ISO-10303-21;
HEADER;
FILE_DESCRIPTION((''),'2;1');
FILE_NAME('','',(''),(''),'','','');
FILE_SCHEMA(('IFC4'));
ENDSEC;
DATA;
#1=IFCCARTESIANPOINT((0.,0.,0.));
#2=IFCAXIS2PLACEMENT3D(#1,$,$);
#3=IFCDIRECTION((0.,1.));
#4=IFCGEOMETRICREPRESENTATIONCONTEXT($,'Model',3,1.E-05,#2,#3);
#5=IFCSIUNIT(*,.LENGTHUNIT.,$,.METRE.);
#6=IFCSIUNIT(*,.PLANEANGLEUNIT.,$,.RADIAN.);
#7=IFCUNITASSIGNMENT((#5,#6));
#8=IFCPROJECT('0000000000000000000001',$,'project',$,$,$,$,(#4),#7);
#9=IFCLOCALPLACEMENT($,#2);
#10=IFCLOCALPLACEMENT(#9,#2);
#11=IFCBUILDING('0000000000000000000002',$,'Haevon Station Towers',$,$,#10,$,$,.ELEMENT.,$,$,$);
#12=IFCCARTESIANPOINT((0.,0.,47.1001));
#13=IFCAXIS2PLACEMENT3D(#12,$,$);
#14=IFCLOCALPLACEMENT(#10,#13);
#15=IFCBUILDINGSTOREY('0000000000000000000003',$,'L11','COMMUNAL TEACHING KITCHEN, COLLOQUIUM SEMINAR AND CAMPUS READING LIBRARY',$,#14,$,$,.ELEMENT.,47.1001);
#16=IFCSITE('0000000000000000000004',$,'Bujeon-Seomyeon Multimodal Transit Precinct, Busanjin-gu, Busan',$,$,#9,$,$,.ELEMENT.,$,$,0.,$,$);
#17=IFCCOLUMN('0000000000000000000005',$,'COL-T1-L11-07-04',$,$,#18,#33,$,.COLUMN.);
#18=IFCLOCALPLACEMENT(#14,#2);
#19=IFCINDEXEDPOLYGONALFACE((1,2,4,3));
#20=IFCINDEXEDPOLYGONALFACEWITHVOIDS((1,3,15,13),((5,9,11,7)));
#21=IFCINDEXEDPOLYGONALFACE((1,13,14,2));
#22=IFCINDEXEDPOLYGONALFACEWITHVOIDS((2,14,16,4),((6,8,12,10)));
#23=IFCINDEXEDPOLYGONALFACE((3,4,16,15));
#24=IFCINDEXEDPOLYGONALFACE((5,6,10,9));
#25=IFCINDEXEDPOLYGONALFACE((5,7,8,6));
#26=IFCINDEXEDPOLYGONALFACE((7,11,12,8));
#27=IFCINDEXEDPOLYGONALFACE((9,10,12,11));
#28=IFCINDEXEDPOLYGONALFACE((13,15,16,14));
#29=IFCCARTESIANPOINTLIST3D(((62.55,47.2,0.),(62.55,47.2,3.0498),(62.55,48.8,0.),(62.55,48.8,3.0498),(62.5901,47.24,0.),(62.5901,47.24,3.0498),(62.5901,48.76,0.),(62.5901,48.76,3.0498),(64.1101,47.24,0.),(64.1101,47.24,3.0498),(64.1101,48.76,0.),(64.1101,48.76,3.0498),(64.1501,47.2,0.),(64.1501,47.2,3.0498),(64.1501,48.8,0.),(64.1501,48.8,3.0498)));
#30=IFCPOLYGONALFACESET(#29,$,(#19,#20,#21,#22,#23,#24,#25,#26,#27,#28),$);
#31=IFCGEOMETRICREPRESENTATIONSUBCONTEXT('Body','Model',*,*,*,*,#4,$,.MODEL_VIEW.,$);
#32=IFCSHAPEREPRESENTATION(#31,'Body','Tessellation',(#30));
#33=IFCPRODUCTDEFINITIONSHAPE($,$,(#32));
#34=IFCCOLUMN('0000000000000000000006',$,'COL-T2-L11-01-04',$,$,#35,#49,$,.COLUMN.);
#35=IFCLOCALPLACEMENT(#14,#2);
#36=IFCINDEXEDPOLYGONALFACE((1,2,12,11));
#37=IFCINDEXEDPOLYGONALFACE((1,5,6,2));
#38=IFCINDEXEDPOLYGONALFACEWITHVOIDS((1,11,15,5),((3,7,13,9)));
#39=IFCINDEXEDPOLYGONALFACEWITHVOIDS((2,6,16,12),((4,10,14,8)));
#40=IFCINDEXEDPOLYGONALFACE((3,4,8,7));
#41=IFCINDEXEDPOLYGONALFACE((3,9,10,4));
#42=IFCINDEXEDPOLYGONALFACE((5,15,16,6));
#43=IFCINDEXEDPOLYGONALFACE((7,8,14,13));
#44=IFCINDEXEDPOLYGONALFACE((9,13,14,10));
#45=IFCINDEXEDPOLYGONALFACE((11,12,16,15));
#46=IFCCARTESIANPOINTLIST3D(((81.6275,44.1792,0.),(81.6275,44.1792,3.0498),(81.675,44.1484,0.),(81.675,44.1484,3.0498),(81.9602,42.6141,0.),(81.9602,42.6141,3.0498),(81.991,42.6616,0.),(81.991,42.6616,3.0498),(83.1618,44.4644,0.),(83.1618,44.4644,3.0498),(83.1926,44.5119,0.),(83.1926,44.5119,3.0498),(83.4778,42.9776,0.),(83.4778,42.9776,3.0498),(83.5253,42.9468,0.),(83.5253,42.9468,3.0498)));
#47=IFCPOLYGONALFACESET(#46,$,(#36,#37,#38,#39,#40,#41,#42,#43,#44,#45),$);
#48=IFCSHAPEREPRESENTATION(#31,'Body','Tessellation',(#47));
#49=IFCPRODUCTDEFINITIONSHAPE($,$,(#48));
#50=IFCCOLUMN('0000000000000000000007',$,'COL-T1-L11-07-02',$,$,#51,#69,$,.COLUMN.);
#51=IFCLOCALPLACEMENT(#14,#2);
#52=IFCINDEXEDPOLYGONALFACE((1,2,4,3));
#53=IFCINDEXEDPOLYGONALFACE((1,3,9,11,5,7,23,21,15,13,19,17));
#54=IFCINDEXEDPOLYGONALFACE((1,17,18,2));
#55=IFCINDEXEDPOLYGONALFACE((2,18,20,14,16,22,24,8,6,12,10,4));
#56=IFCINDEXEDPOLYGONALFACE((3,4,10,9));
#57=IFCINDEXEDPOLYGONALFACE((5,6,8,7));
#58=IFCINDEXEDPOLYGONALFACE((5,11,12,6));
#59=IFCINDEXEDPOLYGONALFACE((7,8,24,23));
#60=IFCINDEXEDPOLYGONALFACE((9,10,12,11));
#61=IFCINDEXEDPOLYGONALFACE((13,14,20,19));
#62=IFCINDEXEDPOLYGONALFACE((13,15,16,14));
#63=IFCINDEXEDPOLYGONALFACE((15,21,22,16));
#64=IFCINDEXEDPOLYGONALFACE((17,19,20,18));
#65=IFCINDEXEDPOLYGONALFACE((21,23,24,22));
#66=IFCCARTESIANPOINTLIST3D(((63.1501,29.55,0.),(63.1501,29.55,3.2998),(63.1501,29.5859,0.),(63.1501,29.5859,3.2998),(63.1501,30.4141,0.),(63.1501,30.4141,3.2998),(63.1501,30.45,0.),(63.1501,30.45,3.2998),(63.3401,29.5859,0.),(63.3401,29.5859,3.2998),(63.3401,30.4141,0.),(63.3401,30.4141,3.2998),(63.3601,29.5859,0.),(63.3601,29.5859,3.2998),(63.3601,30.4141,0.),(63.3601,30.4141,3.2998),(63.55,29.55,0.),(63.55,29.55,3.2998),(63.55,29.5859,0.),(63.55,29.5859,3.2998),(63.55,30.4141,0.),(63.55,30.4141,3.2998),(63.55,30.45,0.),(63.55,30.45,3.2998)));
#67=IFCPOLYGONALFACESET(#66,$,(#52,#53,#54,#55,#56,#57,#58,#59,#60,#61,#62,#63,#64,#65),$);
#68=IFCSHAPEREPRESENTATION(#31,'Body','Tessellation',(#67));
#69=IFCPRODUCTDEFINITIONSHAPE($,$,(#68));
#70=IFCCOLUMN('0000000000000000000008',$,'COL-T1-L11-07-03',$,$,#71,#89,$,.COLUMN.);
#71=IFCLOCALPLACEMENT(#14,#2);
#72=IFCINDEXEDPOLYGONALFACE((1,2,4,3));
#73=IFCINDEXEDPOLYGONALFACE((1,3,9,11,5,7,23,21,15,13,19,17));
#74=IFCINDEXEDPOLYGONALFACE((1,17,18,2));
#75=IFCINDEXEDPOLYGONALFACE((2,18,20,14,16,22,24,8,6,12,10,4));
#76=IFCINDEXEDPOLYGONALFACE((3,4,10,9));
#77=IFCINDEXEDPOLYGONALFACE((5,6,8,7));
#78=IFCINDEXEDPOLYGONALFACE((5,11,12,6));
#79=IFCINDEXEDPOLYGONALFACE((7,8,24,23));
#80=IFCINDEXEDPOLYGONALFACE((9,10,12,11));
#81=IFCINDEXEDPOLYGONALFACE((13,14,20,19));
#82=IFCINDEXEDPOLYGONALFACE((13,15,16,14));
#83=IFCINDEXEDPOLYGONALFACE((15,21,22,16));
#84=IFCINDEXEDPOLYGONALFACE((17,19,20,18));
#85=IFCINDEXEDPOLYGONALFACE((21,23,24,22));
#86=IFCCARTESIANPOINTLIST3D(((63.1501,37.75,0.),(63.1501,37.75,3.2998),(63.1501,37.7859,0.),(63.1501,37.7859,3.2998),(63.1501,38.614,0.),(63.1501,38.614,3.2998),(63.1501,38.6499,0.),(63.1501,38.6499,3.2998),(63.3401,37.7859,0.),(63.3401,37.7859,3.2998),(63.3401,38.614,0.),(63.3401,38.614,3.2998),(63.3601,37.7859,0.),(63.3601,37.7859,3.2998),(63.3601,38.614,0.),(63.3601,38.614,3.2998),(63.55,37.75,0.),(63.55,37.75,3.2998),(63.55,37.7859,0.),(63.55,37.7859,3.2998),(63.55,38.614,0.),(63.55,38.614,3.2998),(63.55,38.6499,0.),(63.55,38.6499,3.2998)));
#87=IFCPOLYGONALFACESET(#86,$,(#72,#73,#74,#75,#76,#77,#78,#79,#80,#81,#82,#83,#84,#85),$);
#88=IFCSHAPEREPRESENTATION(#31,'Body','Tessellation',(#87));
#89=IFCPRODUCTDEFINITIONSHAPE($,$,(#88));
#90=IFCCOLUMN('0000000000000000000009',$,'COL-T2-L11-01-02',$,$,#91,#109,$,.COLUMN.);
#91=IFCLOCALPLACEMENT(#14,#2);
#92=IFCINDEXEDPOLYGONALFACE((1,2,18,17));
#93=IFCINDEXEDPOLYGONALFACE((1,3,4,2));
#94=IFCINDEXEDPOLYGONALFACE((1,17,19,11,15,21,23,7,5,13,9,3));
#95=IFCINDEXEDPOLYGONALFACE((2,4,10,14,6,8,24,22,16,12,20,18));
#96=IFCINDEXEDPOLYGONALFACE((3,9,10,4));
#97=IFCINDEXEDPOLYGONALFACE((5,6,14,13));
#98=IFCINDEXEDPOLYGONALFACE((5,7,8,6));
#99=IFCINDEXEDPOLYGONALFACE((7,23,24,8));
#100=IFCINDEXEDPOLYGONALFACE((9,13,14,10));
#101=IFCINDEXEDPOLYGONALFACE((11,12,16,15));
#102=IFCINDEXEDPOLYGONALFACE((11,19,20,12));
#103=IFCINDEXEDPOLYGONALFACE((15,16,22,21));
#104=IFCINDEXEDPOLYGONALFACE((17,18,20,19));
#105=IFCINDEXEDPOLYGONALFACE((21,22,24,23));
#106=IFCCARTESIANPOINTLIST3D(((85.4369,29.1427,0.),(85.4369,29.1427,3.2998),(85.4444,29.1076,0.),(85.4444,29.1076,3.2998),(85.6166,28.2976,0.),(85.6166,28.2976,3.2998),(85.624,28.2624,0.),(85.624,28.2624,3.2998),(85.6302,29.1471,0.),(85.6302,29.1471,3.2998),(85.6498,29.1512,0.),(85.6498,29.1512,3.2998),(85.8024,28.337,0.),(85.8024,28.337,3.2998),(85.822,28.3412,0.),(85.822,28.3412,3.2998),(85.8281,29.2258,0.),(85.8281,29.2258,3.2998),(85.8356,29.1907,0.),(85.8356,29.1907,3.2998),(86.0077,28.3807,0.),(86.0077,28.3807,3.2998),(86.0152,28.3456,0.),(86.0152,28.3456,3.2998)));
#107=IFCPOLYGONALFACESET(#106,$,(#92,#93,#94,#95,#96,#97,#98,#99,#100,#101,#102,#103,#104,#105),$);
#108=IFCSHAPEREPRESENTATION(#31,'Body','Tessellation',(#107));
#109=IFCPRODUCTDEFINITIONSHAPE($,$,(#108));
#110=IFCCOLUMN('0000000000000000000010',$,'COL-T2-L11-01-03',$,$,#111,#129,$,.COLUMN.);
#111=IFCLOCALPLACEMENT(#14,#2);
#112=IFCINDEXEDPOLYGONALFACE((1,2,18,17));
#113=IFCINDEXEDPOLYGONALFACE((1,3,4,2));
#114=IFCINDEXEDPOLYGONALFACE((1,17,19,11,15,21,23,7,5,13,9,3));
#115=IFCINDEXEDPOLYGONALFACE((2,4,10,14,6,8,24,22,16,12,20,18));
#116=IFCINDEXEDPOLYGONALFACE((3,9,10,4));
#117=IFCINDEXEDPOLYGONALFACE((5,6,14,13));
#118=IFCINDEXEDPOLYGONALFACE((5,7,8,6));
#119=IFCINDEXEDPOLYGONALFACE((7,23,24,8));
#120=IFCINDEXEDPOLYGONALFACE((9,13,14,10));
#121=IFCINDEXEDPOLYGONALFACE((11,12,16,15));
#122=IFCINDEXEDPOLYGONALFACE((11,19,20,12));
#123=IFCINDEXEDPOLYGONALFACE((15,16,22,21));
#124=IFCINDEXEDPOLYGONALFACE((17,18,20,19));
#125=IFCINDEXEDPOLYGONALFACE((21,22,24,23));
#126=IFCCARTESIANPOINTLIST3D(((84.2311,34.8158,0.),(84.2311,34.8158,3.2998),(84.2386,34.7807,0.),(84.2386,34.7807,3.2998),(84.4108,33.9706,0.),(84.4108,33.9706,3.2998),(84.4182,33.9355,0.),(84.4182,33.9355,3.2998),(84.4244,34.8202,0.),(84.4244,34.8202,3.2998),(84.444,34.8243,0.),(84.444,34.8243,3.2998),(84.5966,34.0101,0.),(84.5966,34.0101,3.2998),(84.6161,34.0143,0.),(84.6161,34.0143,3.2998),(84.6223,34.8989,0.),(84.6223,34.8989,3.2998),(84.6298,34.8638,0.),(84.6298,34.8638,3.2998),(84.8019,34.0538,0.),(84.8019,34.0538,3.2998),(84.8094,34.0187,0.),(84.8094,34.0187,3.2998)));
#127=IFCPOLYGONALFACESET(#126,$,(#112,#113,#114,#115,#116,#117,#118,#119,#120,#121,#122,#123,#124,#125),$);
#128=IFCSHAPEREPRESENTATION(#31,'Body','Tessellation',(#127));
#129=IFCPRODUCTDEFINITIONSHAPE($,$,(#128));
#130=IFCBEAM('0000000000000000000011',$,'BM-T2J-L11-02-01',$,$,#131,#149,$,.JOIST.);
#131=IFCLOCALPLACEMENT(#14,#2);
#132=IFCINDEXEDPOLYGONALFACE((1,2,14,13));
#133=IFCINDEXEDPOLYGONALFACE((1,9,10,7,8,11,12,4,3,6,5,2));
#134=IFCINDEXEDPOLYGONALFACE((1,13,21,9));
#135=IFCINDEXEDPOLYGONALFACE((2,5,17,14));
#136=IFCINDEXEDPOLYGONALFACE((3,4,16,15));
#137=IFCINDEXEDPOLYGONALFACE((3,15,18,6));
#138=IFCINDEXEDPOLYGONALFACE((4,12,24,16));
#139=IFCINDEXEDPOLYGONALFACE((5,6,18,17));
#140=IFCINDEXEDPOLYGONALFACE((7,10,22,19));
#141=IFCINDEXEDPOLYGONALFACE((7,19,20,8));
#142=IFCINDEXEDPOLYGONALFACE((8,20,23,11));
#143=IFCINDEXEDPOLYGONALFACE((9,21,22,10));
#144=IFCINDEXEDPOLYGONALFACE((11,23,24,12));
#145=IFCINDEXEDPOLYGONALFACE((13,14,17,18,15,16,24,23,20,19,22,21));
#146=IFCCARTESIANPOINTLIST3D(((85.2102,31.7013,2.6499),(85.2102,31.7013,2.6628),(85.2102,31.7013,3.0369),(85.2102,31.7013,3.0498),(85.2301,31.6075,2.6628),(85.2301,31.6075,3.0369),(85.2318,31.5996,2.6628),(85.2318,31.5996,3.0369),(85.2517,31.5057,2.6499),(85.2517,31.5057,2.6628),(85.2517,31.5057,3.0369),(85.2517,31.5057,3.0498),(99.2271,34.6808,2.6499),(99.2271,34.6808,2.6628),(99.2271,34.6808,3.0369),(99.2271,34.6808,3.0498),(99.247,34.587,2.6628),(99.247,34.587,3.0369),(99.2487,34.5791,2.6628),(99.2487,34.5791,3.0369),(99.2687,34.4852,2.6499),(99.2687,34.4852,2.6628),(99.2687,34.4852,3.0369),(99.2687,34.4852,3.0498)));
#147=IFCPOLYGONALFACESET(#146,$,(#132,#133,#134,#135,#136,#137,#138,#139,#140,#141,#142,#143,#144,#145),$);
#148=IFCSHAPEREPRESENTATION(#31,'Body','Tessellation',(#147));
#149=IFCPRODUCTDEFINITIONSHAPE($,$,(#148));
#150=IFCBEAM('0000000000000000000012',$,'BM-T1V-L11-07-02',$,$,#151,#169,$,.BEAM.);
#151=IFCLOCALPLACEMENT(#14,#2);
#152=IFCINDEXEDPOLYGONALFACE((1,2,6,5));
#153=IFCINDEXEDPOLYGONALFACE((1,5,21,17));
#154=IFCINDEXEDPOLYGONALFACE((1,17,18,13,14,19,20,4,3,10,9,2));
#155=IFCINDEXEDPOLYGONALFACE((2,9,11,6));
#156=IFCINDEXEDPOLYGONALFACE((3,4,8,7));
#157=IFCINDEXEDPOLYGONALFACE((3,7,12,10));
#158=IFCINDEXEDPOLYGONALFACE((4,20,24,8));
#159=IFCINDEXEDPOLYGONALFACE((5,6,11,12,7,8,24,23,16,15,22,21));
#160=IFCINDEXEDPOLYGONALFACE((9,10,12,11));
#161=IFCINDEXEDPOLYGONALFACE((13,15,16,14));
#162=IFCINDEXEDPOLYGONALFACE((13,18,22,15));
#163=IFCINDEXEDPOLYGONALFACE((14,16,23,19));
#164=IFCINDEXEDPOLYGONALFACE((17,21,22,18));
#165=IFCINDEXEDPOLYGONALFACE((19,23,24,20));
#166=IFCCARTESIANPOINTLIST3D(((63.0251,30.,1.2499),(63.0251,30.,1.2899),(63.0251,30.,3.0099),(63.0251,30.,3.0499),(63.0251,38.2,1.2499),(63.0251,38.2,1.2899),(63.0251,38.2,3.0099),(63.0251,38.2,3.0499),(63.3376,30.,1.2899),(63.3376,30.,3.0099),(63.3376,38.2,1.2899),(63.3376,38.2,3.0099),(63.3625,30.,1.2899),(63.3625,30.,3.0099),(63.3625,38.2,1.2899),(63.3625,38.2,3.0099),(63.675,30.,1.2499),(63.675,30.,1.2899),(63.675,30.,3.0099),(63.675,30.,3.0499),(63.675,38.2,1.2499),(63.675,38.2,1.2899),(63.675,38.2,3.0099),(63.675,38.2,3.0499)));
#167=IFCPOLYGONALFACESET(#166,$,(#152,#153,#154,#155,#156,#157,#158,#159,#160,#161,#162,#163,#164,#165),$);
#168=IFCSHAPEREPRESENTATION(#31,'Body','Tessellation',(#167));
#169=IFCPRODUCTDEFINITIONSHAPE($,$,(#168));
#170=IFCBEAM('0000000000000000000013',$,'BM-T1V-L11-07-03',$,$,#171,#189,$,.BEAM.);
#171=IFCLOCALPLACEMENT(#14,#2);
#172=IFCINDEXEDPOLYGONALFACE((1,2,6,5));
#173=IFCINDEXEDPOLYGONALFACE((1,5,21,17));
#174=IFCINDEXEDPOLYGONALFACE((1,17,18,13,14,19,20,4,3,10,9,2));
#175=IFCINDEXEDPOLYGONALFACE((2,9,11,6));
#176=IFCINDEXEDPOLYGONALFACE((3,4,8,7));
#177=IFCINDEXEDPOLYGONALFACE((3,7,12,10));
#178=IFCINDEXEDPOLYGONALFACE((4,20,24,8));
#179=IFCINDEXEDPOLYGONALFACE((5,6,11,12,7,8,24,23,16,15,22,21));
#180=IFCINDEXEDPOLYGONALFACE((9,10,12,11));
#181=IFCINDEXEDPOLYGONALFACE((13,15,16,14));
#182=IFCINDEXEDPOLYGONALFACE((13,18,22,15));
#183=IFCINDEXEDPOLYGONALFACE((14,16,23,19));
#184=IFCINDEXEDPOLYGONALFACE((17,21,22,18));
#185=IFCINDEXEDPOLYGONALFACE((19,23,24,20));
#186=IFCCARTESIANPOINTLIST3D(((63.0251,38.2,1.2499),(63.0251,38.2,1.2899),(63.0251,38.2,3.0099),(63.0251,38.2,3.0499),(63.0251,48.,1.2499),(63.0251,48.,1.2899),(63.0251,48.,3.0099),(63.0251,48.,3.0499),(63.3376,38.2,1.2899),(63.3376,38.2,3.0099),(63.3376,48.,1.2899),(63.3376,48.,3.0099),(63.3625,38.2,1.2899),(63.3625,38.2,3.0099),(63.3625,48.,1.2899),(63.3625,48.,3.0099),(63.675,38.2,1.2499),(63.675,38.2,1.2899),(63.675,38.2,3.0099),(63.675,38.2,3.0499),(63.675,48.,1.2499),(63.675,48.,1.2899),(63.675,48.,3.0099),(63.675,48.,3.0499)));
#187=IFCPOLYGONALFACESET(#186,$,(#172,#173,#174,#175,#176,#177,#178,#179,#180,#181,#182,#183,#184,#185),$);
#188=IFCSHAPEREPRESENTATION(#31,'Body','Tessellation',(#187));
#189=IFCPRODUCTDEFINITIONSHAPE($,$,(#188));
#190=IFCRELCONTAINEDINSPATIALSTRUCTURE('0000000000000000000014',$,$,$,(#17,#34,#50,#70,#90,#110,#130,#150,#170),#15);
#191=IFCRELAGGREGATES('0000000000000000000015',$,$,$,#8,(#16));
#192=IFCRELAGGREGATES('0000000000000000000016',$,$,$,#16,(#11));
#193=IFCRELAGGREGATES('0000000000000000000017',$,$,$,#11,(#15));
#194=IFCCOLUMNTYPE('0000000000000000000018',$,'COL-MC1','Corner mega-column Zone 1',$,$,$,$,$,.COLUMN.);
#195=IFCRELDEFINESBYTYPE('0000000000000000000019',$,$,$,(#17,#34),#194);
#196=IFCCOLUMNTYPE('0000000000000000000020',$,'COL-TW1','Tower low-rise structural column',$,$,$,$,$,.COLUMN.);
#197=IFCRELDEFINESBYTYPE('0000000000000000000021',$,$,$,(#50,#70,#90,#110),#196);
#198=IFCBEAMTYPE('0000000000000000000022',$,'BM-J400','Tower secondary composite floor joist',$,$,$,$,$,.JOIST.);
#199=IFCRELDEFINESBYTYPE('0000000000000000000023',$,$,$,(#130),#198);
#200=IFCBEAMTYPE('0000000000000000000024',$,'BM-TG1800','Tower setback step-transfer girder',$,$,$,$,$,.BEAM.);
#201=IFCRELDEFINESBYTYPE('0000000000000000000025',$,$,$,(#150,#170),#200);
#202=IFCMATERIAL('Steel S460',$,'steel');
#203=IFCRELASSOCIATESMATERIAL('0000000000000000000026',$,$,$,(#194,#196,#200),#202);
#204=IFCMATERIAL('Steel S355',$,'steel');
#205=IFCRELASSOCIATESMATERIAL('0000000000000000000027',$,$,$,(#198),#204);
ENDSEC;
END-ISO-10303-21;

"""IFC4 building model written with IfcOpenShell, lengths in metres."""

from ifc_helpers import new_model, si_unit, direction, frame, origin, origin_2d, place, context, subcontext, project, spatial, hollow_rectangle, i_section, extrude, material, material_profile, profile_set, type_object, element, save


model = new_model("IFC4")

# Units and contexts
model_context = context("Model", 3, precision=1e-05, world=origin(), true_north=direction((0.0, 1.0)))
body_context = subcontext(model_context, "Body", "Model", "MODEL_VIEW")
ifc_project = project(units=[si_unit("LENGTHUNIT", "METRE"), si_unit("PLANEANGLEUNIT", "RADIAN")], contexts=[model_context])

# Site, building, storey
site_placement = place(None, origin())
site = spatial("IfcSite", under=ifc_project, at=site_placement, Name="Bujeon-Seomyeon Multimodal Transit Precinct, Busanjin-gu, Busan", CompositionType="ELEMENT", RefElevation=0.0)
building_placement = place(site_placement, origin())
building = spatial("IfcBuilding", under=site, at=building_placement, Name="Haevon Station Towers", CompositionType="ELEMENT")
storey_placement = place(building_placement, frame((0.0, 0.0, 47.1001)))
storey = spatial("IfcBuildingStorey", under=building, at=storey_placement, Name="L11", Description="COMMUNAL TEACHING KITCHEN, COLLOQUIUM SEMINAR AND CAMPUS READING LIBRARY", CompositionType="ELEMENT", Elevation=47.1001)

# Columns
ifc_material_1 = material(Name="Steel S460", Category="steel")
ifc_material_profile_1 = material_profile(ifc_material_1, hollow_rectangle(XDim=1.6001, YDim=1.6001, WallThickness=0.04, at=origin_2d()), Name="BOX-1600x1600x40")
ifc_profile_set_1 = profile_set([ifc_material_profile_1], Name="Steel S460")
column_type_1 = type_object("IfcColumnType", Name="COL-MC1", Description="Corner mega-column Zone 1", PredefinedType="COLUMN", material=ifc_profile_set_1)
for number, where, z_axis, x_axis, name in (
    (1, (63.3501, 48.0, 0.0), (0.0, 0.0, 1.0), (1.0, 0.0, 0.0), "COL-T1-L11-07-04"),
    (2, (82.5764, 43.563, 0.0), (0.0, 0.0, 1.0), (0.978148, 0.207912, 0.0), "COL-T2-L11-01-04"),
):
    element("IfcColumn", number, at=place(storey_placement, frame(where, z_axis=z_axis, x_axis=x_axis)), inside=storey, type_object=column_type_1, Name=name, PredefinedType="COLUMN", context=body_context, shape_type="SweptSolid", body=[
        extrude(hollow_rectangle(XDim=1.6001, YDim=1.6001, WallThickness=0.04, at=origin_2d()), origin(), (0.0, 0.0, 1.0), 3.0498),
    ])
ifc_material_profile_2 = material_profile(ifc_material_1, i_section(OverallWidth=0.3999, OverallDepth=0.8999, WebThickness=0.02, FlangeThickness=0.0359, at=origin_2d()), Name="H-900x400x20x36")
ifc_profile_set_2 = profile_set([ifc_material_profile_2], Name="Steel S460")
column_type_2 = type_object("IfcColumnType", Name="COL-TW1", Description="Tower low-rise structural column", PredefinedType="COLUMN", material=ifc_profile_set_2)
for number, where, z_axis, x_axis, name in (
    (3, (63.3501, 30.0, 0.0), (0.0, 0.0, 1.0), (1.0, 0.0, 0.0), "COL-T1-L11-07-02"),
    (4, (63.3501, 38.2, 0.0), (0.0, 0.0, 1.0), (1.0, 0.0, 0.0), "COL-T1-L11-07-03"),
    (5, (85.7261, 28.7441, 0.0), (0.0, 0.0, 1.0), (0.978148, 0.207912, 0.0), "COL-T2-L11-01-02"),
    (6, (84.5203, 34.4172, 0.0), (0.0, 0.0, 1.0), (0.978148, 0.207912, 0.0), "COL-T2-L11-01-03"),
):
    element("IfcColumn", number, at=place(storey_placement, frame(where, z_axis=z_axis, x_axis=x_axis)), inside=storey, type_object=column_type_2, Name=name, PredefinedType="COLUMN", context=body_context, shape_type="SweptSolid", body=[
        extrude(i_section(OverallWidth=0.3999, OverallDepth=0.8999, WebThickness=0.02, FlangeThickness=0.0359, at=origin_2d()), origin(), (0.0, 0.0, 1.0), 3.2998),
    ])

# Beams
ifc_material_2 = material(Name="Steel S355", Category="steel")
ifc_material_profile_3 = material_profile(ifc_material_2, i_section(OverallWidth=0.2, OverallDepth=0.3999, WebThickness=0.0081, FlangeThickness=0.0129, at=origin_2d()), Name="H-400x200x8x13")
ifc_profile_set_3 = profile_set([ifc_material_profile_3], Name="Steel S355")
beam_type_1 = type_object("IfcBeamType", Name="BM-J400", Description="Tower secondary composite floor joist", PredefinedType="JOIST", material=ifc_profile_set_3)
beam_1_placement = place(storey_placement, frame((85.231, 31.6035, 2.8499), z_axis=(0.978146, 0.20792, 0.0), x_axis=(-0.20792, 0.978146, 0.0)))
element("IfcBeam", 7, at=beam_1_placement, inside=storey, type_object=beam_type_1, Name="BM-T2J-L11-02-01", PredefinedType="JOIST", context=body_context, shape_type="SweptSolid", body=[
    extrude(i_section(OverallWidth=0.2, OverallDepth=0.3999, WebThickness=0.0081, FlangeThickness=0.0129, at=origin_2d()), origin(), (0.0, 0.0, 1.0), 14.3301),
])
ifc_material_profile_4 = material_profile(ifc_material_1, i_section(OverallWidth=0.6499, OverallDepth=1.8, WebThickness=0.0249, FlangeThickness=0.04, at=origin_2d()), Name="H-1800x650x25x40")
ifc_profile_set_4 = profile_set([ifc_material_profile_4], Name="Steel S460")
beam_type_2 = type_object("IfcBeamType", Name="BM-TG1800", Description="Tower setback step-transfer girder", PredefinedType="BEAM", material=ifc_profile_set_4)
beam_2_placement = place(storey_placement, frame((63.3501, 30.0, 2.1499), z_axis=(0.0, 1.0, 0.0), x_axis=(-1.0, 0.0, 0.0)))
element("IfcBeam", 8, at=beam_2_placement, inside=storey, type_object=beam_type_2, Name="BM-T1V-L11-07-02", PredefinedType="BEAM", context=body_context, shape_type="SweptSolid", body=[
    extrude(i_section(OverallWidth=0.6499, OverallDepth=1.8, WebThickness=0.0249, FlangeThickness=0.04, at=origin_2d()), origin(), (0.0, 0.0, 1.0), 8.2),
])
beam_3_placement = place(storey_placement, frame((63.3501, 38.2, 2.1499), z_axis=(0.0, 1.0, 0.0), x_axis=(-1.0, 0.0, 0.0)))
element("IfcBeam", 9, at=beam_3_placement, inside=storey, type_object=beam_type_2, Name="BM-T1V-L11-07-03", PredefinedType="BEAM", context=body_context, shape_type="SweptSolid", body=[
    extrude(i_section(OverallWidth=0.6499, OverallDepth=1.8, WebThickness=0.0249, FlangeThickness=0.04, at=origin_2d()), origin(), (0.0, 0.0, 1.0), 9.8),
])

save(model, "model.ifc")
